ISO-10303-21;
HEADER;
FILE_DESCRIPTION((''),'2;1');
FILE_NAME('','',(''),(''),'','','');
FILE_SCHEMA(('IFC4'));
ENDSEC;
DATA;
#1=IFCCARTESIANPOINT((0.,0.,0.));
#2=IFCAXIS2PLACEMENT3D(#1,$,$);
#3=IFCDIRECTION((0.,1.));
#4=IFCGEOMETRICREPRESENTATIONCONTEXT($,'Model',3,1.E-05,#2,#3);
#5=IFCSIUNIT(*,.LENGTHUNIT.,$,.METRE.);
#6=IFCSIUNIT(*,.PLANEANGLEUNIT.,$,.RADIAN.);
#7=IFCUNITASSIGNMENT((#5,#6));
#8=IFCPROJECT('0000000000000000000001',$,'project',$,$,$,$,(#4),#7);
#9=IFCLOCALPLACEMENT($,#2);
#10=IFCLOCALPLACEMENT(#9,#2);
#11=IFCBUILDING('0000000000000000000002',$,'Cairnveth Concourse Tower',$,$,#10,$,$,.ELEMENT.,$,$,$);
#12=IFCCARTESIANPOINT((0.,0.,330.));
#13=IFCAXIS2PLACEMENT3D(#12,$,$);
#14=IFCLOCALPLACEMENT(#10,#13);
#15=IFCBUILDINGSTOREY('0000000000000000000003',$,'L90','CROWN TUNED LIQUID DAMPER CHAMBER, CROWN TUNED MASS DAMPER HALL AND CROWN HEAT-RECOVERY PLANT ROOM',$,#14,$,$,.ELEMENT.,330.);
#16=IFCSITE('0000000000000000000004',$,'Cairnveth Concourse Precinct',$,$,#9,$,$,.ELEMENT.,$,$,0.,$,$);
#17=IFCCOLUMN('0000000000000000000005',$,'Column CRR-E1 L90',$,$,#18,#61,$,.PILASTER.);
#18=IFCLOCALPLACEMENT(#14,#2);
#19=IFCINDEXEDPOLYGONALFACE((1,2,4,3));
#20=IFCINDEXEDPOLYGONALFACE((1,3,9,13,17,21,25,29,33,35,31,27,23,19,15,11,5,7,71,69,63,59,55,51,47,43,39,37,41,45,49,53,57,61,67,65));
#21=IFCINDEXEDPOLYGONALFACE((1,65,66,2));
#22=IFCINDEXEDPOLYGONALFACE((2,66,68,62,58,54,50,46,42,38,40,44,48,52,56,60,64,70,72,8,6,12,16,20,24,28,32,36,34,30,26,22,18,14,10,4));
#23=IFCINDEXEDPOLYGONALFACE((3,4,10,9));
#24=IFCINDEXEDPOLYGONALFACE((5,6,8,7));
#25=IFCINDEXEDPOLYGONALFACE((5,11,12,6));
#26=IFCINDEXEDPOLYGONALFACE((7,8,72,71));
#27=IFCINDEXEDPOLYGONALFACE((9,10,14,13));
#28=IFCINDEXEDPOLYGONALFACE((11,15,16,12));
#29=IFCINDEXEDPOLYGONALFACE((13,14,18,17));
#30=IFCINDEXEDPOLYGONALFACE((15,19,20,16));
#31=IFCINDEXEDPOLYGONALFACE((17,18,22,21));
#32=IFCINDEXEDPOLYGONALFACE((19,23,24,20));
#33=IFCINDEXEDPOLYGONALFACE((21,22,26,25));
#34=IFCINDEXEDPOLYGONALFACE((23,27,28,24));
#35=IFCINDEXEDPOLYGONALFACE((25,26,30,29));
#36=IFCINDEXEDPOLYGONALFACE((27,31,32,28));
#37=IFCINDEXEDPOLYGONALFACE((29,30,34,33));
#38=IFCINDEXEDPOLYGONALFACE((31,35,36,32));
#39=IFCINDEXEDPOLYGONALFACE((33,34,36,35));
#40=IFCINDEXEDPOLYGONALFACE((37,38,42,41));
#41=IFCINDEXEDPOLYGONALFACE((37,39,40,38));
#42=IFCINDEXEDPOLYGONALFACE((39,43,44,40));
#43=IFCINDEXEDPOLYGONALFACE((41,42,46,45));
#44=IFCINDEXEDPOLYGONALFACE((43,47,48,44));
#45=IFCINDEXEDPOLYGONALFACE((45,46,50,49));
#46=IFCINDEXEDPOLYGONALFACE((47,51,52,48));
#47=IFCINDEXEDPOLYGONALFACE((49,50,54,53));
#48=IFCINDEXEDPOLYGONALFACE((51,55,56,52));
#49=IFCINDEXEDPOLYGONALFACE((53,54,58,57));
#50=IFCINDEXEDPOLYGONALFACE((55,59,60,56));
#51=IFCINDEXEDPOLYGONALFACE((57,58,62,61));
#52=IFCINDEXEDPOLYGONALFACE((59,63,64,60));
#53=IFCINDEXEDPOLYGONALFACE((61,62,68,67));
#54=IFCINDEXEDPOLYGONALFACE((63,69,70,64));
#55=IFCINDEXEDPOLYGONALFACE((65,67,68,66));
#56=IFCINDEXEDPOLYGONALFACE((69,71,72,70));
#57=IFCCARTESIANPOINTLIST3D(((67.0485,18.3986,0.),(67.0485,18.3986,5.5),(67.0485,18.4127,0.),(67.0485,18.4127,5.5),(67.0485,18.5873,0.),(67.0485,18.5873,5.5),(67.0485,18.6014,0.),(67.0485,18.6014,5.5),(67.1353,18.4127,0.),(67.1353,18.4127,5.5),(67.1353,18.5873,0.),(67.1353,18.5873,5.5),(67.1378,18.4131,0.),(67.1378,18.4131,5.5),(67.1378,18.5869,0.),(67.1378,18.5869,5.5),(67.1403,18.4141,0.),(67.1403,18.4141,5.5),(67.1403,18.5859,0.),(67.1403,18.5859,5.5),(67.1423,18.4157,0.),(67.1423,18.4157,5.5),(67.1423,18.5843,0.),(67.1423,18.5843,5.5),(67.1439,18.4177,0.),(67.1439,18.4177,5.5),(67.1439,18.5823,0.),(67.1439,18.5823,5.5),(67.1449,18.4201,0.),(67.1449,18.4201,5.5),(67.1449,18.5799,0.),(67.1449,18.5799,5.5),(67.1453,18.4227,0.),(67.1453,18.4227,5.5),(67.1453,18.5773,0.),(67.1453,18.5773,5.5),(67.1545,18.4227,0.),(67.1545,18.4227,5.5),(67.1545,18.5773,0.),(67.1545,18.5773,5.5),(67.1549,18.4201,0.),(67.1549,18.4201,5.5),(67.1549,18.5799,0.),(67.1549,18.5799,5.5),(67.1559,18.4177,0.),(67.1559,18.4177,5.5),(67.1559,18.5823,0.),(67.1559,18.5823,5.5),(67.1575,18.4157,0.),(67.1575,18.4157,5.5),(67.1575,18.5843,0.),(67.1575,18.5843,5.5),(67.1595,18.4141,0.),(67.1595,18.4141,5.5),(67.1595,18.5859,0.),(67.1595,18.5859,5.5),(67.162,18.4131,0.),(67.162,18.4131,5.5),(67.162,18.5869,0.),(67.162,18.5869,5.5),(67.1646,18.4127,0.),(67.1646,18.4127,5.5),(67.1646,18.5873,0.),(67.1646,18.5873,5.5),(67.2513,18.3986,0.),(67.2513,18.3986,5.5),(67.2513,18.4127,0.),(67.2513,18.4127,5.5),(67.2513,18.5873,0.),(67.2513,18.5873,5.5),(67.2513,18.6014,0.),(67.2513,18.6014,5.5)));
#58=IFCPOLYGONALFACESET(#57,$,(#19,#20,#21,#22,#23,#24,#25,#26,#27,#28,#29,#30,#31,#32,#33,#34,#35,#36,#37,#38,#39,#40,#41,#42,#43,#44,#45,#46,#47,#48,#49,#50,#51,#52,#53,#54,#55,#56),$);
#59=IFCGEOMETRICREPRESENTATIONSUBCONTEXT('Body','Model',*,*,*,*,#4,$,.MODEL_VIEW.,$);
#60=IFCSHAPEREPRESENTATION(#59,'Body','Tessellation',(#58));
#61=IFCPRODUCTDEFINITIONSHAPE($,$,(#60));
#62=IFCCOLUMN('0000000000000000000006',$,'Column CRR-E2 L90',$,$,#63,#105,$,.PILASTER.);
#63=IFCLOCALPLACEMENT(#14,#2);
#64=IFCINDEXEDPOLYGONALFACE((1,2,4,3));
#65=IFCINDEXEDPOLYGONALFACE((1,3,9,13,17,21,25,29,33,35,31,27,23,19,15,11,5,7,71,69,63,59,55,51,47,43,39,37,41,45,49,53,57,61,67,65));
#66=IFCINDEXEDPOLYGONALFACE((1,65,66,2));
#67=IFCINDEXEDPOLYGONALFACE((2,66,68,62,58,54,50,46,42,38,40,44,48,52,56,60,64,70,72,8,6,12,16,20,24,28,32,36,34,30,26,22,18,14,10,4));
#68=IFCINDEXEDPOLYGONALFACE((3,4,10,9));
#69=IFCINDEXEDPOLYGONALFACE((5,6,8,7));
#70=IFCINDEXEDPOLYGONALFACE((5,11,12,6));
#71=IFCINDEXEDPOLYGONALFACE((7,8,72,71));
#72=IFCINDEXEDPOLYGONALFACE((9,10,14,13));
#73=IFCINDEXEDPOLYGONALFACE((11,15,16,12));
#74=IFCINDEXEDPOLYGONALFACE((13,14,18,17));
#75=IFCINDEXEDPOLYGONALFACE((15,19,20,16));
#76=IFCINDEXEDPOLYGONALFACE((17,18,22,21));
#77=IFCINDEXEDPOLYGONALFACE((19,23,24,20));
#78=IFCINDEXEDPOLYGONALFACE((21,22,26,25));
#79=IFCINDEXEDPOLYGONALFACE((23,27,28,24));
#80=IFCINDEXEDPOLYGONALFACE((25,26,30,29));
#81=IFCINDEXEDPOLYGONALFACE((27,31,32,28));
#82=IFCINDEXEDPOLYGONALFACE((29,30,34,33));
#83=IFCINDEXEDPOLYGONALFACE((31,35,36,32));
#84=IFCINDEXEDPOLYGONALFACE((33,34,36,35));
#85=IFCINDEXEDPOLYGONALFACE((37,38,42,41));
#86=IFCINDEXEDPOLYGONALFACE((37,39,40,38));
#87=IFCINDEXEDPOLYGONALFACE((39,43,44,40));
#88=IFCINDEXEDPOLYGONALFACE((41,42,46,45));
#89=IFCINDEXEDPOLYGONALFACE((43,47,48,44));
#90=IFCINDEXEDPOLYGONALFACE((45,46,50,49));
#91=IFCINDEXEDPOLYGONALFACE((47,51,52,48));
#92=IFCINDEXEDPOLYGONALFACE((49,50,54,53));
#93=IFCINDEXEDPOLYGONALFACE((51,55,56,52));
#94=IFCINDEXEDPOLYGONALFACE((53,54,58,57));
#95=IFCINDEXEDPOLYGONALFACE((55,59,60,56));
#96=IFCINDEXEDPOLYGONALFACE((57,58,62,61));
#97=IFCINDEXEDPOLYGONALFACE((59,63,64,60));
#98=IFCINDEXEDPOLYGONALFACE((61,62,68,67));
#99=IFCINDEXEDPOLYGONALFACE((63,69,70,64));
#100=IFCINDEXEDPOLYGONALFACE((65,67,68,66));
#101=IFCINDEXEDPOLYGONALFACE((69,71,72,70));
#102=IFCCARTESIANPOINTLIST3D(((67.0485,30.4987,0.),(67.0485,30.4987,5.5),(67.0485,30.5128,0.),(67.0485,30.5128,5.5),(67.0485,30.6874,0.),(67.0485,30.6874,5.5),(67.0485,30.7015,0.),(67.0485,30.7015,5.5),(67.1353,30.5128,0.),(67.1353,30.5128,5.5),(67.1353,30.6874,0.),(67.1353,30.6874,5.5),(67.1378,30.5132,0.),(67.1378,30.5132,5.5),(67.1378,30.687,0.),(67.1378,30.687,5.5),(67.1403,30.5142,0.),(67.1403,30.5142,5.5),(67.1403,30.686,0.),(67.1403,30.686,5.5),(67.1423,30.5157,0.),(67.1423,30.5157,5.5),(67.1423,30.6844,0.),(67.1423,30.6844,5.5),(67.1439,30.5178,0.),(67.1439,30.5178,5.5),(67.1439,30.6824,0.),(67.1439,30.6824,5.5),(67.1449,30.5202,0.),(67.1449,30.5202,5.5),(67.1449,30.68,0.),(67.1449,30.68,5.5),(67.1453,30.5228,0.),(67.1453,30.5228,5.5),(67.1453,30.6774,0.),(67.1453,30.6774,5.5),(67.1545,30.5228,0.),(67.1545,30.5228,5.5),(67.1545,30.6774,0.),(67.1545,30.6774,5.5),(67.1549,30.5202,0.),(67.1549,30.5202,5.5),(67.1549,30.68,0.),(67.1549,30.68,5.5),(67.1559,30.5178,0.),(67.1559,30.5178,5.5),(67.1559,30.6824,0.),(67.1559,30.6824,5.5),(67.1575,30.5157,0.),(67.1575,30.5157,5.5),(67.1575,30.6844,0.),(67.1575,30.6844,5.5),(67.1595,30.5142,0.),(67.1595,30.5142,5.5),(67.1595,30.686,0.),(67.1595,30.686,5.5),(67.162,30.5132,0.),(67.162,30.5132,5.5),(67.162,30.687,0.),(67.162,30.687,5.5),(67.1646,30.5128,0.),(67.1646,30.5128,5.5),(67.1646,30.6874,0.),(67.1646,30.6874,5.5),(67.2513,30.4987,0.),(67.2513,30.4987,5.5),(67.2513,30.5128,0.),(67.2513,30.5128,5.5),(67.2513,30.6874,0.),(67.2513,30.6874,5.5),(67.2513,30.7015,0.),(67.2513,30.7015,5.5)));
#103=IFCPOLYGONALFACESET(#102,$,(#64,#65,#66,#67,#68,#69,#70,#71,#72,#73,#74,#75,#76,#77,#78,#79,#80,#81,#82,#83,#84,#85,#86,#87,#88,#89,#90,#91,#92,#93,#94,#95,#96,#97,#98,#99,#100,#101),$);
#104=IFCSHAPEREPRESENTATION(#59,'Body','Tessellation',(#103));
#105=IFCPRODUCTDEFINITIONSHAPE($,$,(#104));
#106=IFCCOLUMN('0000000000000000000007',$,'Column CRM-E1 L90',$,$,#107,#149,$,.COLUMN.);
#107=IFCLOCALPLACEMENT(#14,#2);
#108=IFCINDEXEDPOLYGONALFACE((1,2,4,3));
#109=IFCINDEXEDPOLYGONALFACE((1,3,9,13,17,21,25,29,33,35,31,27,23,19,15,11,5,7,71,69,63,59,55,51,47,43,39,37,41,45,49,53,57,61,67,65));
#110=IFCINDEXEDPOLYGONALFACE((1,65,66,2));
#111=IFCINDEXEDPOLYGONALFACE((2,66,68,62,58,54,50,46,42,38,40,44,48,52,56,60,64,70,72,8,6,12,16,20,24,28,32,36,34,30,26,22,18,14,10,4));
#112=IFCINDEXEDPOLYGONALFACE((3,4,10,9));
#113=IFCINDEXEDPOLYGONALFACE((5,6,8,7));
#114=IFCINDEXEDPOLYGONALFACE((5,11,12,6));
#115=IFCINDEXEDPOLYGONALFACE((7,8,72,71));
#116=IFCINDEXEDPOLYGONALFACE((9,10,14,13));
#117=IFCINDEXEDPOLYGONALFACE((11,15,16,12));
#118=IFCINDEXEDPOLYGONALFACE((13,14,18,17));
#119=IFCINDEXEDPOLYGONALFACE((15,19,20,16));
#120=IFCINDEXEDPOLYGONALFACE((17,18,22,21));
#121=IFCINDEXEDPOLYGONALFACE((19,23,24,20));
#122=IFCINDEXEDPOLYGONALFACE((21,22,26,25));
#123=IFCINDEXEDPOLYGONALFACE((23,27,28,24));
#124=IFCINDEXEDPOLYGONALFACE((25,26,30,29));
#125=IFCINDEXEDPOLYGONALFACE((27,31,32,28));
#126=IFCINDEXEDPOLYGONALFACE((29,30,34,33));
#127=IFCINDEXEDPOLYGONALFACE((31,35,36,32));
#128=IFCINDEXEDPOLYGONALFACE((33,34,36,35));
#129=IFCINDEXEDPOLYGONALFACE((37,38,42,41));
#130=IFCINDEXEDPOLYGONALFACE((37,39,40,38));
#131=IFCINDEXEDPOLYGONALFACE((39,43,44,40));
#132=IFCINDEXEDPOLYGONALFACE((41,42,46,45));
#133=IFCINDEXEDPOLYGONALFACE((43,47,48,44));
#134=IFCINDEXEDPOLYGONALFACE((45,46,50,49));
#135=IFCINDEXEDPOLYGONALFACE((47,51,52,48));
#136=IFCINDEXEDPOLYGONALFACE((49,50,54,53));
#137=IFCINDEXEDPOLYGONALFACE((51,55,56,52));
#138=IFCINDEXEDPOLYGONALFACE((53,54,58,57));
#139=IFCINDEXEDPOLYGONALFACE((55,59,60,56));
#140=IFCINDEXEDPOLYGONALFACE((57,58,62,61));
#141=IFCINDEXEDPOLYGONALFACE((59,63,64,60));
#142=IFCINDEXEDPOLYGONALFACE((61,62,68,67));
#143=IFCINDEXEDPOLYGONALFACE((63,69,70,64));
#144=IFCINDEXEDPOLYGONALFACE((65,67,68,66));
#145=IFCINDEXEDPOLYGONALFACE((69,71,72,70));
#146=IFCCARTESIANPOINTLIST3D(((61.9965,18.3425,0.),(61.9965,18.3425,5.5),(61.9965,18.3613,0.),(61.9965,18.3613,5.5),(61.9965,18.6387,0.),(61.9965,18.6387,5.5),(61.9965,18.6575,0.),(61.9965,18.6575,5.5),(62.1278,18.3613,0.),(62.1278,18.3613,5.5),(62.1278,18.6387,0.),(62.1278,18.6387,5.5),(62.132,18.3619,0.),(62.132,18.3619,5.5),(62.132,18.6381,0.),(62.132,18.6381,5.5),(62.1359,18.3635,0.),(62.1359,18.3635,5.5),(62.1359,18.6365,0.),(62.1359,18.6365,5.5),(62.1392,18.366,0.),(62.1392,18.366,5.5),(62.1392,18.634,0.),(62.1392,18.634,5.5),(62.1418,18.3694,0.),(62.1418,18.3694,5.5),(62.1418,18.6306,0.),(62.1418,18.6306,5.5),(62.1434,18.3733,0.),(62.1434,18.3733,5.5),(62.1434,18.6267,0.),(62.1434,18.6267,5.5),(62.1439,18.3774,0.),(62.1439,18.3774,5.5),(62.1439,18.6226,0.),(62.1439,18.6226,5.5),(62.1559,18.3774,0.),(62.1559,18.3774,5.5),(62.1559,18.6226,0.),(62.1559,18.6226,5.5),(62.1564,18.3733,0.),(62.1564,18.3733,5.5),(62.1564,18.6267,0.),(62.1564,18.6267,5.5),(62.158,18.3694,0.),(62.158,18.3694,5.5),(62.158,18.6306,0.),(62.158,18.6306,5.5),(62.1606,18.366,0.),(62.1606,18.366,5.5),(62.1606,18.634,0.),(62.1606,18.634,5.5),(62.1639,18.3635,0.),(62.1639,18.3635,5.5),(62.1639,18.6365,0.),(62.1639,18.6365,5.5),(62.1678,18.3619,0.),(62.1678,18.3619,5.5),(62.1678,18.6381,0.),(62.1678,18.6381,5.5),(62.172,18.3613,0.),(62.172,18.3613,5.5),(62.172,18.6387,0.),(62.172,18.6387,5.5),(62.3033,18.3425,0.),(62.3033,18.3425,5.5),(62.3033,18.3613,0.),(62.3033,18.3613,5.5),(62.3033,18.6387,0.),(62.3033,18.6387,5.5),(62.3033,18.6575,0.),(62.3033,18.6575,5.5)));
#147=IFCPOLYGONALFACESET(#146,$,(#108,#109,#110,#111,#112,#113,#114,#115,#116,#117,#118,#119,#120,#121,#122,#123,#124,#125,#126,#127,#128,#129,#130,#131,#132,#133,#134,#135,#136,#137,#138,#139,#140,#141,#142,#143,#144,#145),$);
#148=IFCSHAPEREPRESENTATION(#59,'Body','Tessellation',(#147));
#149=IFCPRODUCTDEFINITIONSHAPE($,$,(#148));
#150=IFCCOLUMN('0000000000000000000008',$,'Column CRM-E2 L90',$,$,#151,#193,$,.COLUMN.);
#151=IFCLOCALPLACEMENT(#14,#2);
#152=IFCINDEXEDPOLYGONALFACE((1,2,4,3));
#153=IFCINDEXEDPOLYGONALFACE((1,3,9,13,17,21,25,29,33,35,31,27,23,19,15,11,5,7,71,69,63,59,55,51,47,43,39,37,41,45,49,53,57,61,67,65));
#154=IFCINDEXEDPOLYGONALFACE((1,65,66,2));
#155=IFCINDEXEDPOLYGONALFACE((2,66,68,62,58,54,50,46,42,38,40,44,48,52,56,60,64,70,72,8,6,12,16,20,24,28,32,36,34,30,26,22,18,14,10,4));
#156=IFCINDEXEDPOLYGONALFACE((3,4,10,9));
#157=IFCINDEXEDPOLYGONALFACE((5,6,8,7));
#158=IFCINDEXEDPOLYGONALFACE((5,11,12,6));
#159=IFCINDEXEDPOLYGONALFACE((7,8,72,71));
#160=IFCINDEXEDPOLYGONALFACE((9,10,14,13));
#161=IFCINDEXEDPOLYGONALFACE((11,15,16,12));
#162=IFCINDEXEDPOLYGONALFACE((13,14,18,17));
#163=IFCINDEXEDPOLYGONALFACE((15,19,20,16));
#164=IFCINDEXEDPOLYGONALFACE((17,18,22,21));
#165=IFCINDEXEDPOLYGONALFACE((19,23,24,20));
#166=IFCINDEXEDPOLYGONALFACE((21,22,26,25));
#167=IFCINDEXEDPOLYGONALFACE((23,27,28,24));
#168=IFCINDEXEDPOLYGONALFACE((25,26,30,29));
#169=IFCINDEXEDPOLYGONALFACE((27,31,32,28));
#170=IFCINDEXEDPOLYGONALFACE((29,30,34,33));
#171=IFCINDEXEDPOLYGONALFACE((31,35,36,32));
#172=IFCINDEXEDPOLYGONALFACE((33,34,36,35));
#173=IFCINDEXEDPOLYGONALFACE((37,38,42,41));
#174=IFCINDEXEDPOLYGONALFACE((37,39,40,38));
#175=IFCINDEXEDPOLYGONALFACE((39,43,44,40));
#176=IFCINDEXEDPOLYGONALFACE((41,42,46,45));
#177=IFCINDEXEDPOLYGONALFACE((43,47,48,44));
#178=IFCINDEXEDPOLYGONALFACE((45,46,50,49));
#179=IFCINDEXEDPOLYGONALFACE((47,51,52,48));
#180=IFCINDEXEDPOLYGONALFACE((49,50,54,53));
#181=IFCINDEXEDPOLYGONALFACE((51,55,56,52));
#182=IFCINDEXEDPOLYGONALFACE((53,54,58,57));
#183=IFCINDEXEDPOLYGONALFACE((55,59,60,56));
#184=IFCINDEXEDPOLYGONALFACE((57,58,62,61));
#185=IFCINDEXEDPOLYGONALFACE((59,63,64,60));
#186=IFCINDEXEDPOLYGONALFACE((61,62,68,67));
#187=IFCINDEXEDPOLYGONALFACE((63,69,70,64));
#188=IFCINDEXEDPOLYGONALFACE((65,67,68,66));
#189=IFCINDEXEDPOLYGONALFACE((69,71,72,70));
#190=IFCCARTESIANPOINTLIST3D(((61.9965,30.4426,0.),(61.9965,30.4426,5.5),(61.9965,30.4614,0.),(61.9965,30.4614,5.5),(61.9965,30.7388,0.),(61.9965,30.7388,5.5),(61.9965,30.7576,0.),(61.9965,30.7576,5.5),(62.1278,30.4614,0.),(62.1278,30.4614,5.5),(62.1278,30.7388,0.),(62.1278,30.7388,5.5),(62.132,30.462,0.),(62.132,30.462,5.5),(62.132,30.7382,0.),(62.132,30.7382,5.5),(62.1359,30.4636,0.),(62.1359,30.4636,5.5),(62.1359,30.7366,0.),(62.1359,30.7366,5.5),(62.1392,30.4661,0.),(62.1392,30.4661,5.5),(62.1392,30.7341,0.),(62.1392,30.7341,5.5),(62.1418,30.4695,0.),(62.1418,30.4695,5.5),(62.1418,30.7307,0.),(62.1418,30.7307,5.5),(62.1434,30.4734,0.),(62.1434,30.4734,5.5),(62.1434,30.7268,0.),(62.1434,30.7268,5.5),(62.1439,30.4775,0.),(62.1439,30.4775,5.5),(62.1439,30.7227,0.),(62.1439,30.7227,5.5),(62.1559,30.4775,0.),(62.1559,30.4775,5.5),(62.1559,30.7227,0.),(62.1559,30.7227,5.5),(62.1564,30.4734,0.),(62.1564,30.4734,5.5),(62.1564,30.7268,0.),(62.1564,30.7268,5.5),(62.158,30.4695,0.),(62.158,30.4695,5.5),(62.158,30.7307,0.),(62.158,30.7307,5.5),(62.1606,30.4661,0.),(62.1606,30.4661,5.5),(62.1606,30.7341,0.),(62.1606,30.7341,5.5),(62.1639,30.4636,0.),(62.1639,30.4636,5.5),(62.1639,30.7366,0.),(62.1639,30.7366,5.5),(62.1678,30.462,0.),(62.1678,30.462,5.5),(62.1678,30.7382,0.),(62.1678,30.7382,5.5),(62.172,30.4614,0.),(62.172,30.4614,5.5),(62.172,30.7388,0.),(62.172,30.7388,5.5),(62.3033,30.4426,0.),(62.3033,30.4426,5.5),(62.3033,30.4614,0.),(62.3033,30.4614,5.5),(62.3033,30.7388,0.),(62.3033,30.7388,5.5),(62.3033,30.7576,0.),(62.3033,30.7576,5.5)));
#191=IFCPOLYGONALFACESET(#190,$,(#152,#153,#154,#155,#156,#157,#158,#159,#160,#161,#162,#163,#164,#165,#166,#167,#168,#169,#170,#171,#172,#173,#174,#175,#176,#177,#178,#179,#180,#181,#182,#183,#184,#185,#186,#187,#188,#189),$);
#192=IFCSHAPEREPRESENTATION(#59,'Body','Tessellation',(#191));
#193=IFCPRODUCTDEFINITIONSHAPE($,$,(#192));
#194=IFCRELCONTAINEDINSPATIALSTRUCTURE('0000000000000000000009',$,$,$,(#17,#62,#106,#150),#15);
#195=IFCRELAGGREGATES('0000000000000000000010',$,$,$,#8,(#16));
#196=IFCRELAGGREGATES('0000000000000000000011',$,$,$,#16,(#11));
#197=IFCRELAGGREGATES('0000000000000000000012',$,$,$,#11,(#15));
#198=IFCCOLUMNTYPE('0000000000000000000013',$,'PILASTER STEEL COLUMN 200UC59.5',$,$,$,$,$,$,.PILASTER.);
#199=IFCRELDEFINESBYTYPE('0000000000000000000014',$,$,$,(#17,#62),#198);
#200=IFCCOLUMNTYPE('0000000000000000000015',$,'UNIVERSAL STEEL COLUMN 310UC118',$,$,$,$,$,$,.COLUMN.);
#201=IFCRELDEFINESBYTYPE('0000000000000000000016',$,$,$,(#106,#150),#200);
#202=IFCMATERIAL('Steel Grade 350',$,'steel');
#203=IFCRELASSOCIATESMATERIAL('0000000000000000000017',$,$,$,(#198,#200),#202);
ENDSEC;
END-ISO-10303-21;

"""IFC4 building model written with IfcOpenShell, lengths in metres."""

from ifc_helpers import new_model, si_unit, direction, frame, origin, origin_2d, place, context, subcontext, project, spatial, i_section, extrude, material, material_profile, profile_set, type_object, element, save


model = new_model("IFC4")

# Units and contexts
model_context = context("Model", 3, precision=1e-05, world=origin(), true_north=direction((0.0, 1.0)))
body_context = subcontext(model_context, "Body", "Model", "MODEL_VIEW")
ifc_project = project(units=[si_unit("LENGTHUNIT", "METRE"), si_unit("PLANEANGLEUNIT", "RADIAN")], contexts=[model_context])

# Site, building, storey
site_placement = place(None, origin())
site = spatial("IfcSite", under=ifc_project, at=site_placement, Name="Cairnveth Concourse Precinct", CompositionType="ELEMENT", RefElevation=0.0)
building_placement = place(site_placement, origin())
building = spatial("IfcBuilding", under=site, at=building_placement, Name="Cairnveth Concourse Tower", CompositionType="ELEMENT")
storey_placement = place(building_placement, frame((0.0, 0.0, 330.0)))
storey = spatial("IfcBuildingStorey", under=building, at=storey_placement, Name="L90", Description="CROWN TUNED LIQUID DAMPER CHAMBER, CROWN TUNED MASS DAMPER HALL AND CROWN HEAT-RECOVERY PLANT ROOM", CompositionType="ELEMENT", Elevation=330.0)

# Columns
ifc_material_1 = material(Name="Steel Grade 350", Category="steel")
ifc_material_profile_1 = material_profile(ifc_material_1, i_section(OverallWidth=0.2029, OverallDepth=0.2029, WebThickness=0.0093, FlangeThickness=0.0142, FilletRadius=0.01, at=origin_2d()), Name="200UC59.5")
ifc_profile_set_1 = profile_set([ifc_material_profile_1], Name="Steel Grade 350")
column_type_1 = type_object("IfcColumnType", Name="PILASTER STEEL COLUMN 200UC59.5", PredefinedType="PILASTER", material=ifc_profile_set_1)
for number, where, z_axis, x_axis, name in (
    (1, (67.1499, 18.5, 0.0), (0.0, 0.0, 1.0), (1.0, 0.0, 0.0), "Column CRR-E1 L90"),
    (2, (67.1499, 30.6001, 0.0), (0.0, 0.0, 1.0), (1.0, 0.0, 0.0), "Column CRR-E2 L90"),
):
    element("IfcColumn", number, at=place(storey_placement, frame(where, z_axis=z_axis, x_axis=x_axis)), inside=storey, type_object=column_type_1, Name=name, PredefinedType="PILASTER", context=body_context, shape_type="SweptSolid", body=[
        extrude(i_section(OverallWidth=0.2029, OverallDepth=0.2029, WebThickness=0.0093, FlangeThickness=0.0142, FilletRadius=0.01, at=origin_2d()), origin(), (0.0, 0.0, 1.0), 5.5),
    ])
ifc_material_profile_2 = material_profile(ifc_material_1, i_section(OverallWidth=0.3069, OverallDepth=0.3149, WebThickness=0.012, FlangeThickness=0.0188, FilletRadius=0.0161, at=origin_2d()), Name="310UC118")
ifc_profile_set_2 = profile_set([ifc_material_profile_2], Name="Steel Grade 350")
column_type_2 = type_object("IfcColumnType", Name="UNIVERSAL STEEL COLUMN 310UC118", PredefinedType="COLUMN", material=ifc_profile_set_2)
for number, where, z_axis, x_axis, name in (
    (3, (62.1499, 18.5, 0.0), (0.0, 0.0, 1.0), (1.0, 0.0, 0.0), "Column CRM-E1 L90"),
    (4, (62.1499, 30.6001, 0.0), (0.0, 0.0, 1.0), (1.0, 0.0, 0.0), "Column CRM-E2 L90"),
):
    element("IfcColumn", number, at=place(storey_placement, frame(where, z_axis=z_axis, x_axis=x_axis)), inside=storey, type_object=column_type_2, Name=name, PredefinedType="COLUMN", context=body_context, shape_type="SweptSolid", body=[
        extrude(i_section(OverallWidth=0.3069, OverallDepth=0.3149, WebThickness=0.012, FlangeThickness=0.0188, FilletRadius=0.0161, at=origin_2d()), origin(), (0.0, 0.0, 1.0), 5.5),
    ])

save(model, "model.ifc")
